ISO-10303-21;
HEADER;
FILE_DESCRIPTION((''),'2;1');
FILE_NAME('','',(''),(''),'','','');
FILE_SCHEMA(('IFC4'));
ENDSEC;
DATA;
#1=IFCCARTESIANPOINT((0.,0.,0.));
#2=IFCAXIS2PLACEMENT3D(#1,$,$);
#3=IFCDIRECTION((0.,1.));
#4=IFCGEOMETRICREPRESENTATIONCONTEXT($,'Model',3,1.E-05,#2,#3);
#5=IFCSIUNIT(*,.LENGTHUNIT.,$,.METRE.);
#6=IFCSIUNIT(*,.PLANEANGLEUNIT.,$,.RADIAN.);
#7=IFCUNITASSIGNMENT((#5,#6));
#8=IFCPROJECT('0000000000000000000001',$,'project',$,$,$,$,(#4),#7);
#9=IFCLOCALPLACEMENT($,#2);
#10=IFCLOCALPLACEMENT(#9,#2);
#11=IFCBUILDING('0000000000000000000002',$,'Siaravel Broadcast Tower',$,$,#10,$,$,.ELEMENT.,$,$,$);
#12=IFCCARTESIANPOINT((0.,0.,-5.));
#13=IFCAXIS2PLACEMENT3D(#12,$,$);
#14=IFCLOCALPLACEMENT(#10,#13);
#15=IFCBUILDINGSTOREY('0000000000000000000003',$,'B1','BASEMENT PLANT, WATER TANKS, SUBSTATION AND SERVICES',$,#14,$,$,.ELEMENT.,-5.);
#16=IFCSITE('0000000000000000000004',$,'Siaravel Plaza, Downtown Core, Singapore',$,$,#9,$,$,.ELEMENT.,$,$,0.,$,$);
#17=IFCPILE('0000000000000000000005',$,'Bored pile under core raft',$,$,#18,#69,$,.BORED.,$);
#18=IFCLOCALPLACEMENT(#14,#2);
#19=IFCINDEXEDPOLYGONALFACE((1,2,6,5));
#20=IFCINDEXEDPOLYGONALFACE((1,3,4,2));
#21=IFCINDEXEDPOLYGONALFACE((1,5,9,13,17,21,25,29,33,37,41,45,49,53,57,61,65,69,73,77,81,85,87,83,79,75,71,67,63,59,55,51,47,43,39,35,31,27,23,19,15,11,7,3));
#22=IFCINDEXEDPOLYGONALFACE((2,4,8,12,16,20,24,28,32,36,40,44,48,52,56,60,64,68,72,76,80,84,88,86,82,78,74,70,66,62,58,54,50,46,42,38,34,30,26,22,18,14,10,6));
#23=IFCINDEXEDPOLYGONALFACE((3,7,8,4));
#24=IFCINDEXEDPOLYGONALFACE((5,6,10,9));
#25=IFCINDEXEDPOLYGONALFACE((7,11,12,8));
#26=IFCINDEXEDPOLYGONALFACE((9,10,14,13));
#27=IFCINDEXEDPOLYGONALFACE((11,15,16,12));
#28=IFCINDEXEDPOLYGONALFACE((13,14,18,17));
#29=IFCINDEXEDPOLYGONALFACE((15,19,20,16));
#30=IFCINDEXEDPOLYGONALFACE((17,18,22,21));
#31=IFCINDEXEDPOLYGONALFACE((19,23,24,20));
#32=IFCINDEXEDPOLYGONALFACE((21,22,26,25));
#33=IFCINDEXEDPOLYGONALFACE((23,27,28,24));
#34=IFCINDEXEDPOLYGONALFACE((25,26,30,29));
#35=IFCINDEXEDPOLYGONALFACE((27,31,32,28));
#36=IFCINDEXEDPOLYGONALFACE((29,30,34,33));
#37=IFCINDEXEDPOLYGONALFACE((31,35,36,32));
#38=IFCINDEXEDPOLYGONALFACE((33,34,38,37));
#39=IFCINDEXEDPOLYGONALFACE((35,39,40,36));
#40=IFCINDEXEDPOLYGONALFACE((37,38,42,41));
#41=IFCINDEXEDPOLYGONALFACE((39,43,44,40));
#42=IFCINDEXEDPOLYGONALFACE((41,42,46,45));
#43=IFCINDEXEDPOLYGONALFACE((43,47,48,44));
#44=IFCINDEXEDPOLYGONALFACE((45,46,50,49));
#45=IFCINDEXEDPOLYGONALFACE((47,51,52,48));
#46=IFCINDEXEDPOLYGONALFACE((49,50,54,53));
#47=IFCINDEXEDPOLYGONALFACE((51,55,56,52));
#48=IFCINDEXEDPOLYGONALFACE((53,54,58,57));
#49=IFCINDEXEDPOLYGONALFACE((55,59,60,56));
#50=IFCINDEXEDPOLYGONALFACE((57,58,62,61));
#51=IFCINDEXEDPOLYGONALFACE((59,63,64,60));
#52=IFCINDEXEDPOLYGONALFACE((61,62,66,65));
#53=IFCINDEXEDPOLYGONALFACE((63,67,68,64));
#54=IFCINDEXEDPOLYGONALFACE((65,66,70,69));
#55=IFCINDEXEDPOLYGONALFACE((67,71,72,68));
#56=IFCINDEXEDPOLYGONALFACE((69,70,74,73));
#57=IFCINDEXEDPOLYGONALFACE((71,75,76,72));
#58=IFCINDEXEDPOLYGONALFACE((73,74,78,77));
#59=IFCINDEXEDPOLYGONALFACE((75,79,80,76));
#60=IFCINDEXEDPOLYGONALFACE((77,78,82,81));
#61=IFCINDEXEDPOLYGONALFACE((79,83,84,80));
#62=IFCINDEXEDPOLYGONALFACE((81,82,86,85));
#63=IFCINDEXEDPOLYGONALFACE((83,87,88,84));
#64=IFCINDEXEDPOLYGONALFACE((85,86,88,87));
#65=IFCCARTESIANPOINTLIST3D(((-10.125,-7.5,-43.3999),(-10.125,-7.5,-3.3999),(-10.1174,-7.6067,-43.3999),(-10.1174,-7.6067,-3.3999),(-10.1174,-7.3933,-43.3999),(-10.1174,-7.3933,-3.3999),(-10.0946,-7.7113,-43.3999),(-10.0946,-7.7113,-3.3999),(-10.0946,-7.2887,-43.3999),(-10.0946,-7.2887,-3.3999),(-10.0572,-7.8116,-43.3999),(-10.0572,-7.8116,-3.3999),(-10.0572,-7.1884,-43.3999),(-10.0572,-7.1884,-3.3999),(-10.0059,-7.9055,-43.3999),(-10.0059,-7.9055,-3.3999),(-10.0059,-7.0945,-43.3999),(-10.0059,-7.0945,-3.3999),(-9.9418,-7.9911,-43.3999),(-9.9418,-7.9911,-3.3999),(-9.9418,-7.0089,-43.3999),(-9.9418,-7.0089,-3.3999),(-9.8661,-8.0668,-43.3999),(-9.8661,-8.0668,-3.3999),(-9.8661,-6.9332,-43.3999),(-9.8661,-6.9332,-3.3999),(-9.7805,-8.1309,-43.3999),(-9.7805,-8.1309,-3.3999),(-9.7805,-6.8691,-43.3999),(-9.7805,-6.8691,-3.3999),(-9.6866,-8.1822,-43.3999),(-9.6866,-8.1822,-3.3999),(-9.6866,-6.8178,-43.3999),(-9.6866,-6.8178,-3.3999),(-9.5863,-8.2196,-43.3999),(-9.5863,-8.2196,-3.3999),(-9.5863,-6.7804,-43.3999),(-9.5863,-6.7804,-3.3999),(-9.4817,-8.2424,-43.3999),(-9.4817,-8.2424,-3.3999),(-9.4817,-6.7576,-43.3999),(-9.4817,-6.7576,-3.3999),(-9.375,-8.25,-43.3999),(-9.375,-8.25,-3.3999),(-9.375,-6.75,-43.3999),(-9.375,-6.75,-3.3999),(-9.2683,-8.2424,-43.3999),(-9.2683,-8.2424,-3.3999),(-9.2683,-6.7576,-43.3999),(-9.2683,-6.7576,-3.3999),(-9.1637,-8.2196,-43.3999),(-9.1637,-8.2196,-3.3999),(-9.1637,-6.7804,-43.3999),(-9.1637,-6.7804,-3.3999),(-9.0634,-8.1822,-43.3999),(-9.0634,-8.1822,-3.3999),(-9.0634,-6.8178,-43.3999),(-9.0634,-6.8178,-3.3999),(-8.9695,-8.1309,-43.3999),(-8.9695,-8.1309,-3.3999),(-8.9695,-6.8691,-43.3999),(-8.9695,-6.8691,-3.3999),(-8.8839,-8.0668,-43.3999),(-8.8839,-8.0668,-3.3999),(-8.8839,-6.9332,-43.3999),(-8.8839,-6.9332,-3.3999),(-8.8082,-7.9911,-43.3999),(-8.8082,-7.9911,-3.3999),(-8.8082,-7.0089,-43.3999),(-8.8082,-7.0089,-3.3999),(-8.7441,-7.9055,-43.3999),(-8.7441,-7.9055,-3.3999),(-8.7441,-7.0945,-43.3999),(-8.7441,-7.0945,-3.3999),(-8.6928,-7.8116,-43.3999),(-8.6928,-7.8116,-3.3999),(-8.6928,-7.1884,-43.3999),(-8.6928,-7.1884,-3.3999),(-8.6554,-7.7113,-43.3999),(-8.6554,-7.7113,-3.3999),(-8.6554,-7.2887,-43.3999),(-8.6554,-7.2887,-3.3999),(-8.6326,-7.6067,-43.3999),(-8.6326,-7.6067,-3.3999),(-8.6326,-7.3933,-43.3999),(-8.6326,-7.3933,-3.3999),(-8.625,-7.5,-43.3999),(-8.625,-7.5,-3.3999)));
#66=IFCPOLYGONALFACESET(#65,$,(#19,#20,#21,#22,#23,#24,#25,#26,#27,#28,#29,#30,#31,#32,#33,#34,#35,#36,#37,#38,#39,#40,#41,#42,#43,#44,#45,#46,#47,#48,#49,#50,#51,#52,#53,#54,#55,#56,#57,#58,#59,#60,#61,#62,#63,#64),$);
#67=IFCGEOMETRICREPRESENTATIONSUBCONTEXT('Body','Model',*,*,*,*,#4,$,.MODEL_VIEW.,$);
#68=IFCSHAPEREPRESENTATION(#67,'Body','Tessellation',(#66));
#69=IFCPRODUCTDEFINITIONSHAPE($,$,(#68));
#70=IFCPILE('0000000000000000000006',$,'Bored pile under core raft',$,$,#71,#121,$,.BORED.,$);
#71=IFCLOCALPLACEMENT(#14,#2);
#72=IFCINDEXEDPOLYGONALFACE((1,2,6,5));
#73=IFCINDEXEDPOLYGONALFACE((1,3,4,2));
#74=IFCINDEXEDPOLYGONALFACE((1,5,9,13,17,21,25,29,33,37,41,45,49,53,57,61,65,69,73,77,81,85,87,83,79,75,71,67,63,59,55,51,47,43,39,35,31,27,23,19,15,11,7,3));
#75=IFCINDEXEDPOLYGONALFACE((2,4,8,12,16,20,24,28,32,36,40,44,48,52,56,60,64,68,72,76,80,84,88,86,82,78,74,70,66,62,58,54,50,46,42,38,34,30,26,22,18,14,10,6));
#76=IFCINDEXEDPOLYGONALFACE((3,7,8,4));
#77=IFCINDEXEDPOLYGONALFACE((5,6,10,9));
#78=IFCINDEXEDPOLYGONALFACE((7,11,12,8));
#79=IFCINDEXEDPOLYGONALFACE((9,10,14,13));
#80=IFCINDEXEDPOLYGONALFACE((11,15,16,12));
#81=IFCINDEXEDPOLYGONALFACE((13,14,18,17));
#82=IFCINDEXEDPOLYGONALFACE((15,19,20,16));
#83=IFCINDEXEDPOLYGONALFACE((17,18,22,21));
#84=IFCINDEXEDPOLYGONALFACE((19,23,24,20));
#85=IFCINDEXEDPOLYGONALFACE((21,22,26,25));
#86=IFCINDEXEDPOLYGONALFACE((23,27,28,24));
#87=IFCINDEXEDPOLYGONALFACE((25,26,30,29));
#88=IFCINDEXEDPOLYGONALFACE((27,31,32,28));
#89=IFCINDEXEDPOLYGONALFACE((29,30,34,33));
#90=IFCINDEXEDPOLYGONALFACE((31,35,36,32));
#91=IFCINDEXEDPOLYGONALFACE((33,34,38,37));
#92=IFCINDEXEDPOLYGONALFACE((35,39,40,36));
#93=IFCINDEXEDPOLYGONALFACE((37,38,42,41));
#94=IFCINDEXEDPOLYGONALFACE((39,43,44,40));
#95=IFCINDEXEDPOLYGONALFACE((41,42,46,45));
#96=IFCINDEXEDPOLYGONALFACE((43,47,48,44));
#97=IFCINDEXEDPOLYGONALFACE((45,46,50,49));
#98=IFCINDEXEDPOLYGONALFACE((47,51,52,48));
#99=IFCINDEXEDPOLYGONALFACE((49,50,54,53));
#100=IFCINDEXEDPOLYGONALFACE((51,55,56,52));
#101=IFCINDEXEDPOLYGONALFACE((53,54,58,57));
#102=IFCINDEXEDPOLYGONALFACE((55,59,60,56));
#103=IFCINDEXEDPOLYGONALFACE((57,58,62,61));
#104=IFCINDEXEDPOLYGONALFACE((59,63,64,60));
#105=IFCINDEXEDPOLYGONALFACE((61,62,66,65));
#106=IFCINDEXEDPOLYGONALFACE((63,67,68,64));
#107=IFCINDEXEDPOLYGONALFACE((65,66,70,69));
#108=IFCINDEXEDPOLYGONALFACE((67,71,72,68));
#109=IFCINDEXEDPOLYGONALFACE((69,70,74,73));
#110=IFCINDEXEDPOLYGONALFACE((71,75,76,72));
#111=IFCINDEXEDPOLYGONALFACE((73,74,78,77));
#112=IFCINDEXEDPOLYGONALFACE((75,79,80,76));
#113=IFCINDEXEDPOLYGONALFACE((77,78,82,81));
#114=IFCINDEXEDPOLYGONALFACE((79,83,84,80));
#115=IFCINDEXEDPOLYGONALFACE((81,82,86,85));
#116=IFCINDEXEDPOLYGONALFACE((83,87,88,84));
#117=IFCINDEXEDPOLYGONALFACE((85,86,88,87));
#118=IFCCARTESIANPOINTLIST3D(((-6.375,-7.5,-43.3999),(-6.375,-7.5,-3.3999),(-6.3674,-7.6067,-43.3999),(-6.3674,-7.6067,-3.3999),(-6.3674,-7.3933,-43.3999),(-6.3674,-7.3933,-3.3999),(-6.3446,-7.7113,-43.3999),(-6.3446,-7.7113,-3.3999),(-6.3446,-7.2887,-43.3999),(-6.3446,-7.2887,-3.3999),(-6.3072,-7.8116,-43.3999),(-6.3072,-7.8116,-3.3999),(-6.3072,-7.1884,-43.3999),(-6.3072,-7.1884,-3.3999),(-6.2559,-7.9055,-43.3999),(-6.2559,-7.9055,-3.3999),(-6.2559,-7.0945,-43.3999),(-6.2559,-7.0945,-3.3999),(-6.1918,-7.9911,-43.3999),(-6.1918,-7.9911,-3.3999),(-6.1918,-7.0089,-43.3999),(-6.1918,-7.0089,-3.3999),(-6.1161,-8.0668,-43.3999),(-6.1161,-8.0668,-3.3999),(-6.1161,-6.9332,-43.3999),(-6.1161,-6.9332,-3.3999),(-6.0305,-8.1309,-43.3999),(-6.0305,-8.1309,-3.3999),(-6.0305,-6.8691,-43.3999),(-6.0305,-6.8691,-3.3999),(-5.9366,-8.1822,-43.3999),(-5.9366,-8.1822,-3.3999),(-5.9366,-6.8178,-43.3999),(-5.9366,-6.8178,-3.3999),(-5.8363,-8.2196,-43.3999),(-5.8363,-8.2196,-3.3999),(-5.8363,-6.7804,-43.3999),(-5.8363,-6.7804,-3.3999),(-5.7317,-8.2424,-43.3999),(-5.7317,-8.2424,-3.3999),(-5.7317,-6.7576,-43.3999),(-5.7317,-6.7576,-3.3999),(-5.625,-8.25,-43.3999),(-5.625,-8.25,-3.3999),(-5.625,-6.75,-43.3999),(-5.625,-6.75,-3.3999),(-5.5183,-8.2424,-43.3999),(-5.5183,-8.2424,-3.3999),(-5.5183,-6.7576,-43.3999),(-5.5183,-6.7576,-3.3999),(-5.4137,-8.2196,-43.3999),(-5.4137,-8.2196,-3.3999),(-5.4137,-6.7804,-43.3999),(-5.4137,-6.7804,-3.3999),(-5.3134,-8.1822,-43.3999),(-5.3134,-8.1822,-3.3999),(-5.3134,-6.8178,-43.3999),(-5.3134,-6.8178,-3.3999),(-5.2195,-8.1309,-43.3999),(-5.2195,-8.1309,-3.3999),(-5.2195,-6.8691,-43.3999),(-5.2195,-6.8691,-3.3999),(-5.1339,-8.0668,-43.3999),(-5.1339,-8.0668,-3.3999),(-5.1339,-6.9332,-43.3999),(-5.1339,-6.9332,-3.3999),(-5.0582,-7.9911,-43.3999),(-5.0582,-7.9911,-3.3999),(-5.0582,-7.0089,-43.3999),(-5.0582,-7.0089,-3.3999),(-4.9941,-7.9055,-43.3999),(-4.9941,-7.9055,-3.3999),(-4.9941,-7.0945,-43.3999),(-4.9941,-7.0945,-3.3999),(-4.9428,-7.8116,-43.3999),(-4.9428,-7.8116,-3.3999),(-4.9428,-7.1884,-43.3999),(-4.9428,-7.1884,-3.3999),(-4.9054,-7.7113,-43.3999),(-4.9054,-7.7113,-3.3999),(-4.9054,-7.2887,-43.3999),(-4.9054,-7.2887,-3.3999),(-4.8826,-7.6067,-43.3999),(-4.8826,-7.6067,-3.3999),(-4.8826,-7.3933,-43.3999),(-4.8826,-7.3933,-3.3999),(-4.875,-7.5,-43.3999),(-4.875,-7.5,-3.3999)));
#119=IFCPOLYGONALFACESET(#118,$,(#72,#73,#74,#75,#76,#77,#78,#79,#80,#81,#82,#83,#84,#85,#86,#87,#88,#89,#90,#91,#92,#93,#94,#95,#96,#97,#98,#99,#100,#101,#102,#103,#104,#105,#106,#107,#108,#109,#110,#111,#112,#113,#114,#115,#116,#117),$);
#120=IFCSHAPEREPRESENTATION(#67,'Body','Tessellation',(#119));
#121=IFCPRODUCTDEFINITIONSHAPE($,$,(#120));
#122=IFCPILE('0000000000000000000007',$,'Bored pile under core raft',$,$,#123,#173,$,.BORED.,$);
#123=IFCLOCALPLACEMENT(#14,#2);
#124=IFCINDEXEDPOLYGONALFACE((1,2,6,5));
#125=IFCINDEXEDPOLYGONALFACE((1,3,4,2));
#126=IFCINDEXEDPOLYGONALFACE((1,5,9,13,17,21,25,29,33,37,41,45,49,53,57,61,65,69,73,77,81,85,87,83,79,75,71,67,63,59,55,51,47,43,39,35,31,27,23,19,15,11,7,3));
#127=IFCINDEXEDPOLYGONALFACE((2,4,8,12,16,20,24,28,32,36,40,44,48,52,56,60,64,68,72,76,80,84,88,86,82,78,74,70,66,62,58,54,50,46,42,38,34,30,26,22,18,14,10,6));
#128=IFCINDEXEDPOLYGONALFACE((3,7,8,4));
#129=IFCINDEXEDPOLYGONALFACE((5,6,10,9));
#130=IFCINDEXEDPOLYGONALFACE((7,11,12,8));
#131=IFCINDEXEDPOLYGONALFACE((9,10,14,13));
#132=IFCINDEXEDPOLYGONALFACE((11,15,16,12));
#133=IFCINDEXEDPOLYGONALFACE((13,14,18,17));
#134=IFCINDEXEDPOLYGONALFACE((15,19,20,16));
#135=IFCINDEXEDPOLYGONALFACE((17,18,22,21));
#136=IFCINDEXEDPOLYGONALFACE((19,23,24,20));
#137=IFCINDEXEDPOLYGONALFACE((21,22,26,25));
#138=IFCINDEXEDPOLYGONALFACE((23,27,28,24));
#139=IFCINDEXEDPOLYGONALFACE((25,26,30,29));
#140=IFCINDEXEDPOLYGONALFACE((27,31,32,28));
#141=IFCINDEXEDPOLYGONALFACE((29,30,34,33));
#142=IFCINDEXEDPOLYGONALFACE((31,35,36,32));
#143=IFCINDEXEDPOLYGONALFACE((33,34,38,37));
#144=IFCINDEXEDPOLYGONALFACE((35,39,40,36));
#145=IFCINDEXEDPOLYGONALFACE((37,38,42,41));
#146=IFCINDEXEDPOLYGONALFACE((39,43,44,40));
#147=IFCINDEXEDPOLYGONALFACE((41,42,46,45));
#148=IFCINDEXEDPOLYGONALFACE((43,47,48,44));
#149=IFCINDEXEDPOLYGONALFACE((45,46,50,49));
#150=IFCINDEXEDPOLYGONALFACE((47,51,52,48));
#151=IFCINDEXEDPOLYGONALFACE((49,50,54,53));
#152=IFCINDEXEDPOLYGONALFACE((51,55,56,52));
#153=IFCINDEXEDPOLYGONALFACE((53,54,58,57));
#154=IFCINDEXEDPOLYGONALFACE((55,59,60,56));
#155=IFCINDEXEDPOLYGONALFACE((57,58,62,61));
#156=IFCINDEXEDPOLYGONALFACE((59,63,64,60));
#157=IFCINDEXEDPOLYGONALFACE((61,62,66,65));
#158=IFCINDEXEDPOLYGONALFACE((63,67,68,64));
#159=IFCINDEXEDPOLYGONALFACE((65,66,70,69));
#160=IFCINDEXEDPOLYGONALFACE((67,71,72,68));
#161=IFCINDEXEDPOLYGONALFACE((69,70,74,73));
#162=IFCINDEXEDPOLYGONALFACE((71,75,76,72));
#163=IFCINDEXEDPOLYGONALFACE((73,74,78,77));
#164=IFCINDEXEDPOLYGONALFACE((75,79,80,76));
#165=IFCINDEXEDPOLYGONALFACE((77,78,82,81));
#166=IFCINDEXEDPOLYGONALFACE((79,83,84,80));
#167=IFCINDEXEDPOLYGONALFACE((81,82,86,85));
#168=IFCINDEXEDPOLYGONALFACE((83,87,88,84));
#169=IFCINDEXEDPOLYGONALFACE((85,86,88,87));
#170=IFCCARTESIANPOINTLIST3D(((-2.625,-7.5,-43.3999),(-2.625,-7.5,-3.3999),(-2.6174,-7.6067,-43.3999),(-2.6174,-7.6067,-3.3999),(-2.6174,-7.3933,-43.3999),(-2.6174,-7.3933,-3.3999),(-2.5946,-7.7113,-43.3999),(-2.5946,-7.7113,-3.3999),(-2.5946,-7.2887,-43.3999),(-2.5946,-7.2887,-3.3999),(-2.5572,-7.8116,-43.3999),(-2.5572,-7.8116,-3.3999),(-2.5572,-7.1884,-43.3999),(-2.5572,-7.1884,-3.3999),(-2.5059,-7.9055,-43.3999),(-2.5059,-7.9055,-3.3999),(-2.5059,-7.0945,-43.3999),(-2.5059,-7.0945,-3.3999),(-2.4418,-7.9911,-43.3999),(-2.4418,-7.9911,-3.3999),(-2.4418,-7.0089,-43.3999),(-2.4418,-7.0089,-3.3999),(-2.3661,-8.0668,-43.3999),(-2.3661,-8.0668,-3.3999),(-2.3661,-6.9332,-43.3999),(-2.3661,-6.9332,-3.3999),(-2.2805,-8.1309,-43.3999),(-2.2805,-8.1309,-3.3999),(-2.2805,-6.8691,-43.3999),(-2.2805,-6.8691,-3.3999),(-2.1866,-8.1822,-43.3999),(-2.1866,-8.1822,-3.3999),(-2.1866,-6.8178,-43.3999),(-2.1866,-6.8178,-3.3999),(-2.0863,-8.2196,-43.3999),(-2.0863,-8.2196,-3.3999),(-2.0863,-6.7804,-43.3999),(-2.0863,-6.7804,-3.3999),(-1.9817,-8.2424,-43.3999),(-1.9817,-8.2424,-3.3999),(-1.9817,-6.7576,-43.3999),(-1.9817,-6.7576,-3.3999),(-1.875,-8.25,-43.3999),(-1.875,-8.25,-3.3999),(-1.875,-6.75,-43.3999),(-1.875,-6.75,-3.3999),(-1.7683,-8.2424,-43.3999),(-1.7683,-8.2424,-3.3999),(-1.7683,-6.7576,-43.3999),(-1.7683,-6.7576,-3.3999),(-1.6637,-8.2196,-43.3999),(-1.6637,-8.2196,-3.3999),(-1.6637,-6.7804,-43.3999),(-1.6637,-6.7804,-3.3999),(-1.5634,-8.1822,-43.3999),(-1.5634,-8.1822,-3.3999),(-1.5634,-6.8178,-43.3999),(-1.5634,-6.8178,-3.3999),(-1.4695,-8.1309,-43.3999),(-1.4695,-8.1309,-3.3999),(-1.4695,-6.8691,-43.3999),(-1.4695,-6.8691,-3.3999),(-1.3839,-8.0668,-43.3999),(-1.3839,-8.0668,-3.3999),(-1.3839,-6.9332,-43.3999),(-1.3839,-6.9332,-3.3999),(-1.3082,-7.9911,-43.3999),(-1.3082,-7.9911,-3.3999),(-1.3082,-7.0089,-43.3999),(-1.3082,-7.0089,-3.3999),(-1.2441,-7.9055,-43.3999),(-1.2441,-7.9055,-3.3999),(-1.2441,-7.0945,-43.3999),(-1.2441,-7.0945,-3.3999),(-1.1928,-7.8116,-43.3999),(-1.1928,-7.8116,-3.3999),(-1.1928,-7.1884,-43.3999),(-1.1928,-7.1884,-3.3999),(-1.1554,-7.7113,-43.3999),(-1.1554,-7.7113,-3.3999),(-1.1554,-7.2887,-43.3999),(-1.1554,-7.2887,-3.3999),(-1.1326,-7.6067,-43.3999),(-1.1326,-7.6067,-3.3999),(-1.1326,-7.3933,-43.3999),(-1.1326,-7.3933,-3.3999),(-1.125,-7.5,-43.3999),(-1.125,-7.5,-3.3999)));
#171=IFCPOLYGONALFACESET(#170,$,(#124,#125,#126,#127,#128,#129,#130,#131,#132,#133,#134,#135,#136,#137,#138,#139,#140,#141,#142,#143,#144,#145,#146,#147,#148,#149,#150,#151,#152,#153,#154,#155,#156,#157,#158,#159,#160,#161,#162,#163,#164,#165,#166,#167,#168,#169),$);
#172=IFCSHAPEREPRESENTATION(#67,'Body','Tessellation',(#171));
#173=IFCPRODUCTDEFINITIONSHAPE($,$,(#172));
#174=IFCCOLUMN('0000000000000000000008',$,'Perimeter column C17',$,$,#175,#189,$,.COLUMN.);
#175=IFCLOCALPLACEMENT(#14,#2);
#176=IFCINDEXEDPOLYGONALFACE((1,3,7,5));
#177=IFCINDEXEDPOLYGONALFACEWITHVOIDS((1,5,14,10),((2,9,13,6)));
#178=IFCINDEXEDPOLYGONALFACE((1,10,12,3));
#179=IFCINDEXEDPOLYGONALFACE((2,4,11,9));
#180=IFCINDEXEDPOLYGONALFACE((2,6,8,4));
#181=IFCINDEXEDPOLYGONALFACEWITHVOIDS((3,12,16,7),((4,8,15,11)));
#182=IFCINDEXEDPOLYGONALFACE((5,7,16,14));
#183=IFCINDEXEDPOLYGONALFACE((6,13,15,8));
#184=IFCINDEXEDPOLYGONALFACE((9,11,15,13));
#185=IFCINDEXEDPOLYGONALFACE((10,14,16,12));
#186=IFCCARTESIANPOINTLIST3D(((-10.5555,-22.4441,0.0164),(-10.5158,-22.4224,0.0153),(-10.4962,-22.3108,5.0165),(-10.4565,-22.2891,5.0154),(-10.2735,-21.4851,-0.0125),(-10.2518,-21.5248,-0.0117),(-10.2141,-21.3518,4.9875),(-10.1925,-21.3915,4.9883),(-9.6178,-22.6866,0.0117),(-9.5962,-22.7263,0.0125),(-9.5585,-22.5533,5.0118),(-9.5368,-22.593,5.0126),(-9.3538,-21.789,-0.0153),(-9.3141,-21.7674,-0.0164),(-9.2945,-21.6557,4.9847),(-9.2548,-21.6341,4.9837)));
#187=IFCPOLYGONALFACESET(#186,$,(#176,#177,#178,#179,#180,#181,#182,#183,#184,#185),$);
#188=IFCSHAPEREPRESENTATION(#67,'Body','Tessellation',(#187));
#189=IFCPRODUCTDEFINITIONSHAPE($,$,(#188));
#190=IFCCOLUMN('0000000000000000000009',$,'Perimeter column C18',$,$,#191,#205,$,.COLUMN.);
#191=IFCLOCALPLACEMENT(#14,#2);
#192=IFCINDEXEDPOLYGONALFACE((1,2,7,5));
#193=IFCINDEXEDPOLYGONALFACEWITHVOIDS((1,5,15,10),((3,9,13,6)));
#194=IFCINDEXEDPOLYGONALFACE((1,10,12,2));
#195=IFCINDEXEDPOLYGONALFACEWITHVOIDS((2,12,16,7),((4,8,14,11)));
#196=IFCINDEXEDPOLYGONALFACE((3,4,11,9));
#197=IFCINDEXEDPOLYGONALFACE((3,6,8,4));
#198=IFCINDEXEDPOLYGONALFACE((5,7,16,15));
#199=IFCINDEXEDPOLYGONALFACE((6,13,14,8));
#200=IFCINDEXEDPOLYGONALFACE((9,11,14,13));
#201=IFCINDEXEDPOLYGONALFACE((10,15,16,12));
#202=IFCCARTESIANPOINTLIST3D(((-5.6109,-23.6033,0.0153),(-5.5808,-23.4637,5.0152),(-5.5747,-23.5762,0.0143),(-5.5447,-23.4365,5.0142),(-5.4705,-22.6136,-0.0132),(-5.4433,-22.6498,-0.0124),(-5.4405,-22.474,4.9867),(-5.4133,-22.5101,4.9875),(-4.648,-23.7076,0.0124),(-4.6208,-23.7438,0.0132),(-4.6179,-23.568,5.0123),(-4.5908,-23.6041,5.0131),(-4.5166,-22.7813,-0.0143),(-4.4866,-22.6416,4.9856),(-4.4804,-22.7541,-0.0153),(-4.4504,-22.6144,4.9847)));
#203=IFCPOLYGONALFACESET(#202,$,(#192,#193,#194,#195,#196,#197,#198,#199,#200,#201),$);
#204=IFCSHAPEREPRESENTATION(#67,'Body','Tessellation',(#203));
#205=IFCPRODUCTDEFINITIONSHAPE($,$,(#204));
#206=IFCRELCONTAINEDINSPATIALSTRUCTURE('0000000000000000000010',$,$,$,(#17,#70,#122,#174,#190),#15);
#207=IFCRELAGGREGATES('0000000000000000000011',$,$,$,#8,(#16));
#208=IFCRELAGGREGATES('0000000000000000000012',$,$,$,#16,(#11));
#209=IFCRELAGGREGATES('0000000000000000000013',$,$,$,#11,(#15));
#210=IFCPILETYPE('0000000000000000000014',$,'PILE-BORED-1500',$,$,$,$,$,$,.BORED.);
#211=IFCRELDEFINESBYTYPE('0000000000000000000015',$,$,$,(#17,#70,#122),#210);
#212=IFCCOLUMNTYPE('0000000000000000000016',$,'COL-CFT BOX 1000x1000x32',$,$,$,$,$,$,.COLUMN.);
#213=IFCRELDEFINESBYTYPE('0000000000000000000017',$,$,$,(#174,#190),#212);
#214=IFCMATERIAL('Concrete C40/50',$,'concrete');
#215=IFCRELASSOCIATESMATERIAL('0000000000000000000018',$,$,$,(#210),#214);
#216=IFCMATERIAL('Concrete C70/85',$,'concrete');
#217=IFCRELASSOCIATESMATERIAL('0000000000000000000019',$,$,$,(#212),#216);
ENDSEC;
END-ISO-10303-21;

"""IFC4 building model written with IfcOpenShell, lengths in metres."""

from ifc_helpers import new_model, si_unit, direction, frame, origin, origin_2d, place, context, subcontext, project, spatial, hollow_rectangle, circle, extrude, material, material_profile, profile_set, type_object, element, save


model = new_model("IFC4")

# Units and contexts
model_context = context("Model", 3, precision=1e-05, world=origin(), true_north=direction((0.0, 1.0)))
body_context = subcontext(model_context, "Body", "Model", "MODEL_VIEW")
ifc_project = project(units=[si_unit("LENGTHUNIT", "METRE"), si_unit("PLANEANGLEUNIT", "RADIAN")], contexts=[model_context])

# Site, building, storey
site_placement = place(None, origin())
site = spatial("IfcSite", under=ifc_project, at=site_placement, Name="Siaravel Plaza, Downtown Core, Singapore", CompositionType="ELEMENT", RefElevation=0.0)
building_placement = place(site_placement, origin())
building = spatial("IfcBuilding", under=site, at=building_placement, Name="Siaravel Broadcast Tower", CompositionType="ELEMENT")
storey_placement = place(building_placement, frame((0.0, 0.0, -5.0)))
storey = spatial("IfcBuildingStorey", under=building, at=storey_placement, Name="B1", Description="BASEMENT PLANT, WATER TANKS, SUBSTATION AND SERVICES", CompositionType="ELEMENT", Elevation=-5.0)

# Shared definitions
ifc_material_1 = material(Name="Concrete C40/50", Category="concrete")

# Piles
ifc_material_profile_1 = material_profile(ifc_material_1, circle(Radius=0.75, at=origin_2d()))
ifc_profile_set_1 = profile_set([ifc_material_profile_1], Name="Concrete C40/50")
pile_type_1 = type_object("IfcPileType", Name="PILE-BORED-1500", PredefinedType="BORED", material=ifc_profile_set_1)
for number, where, z_axis, x_axis, name in (
    (1, (-9.375, -7.5, -3.3999), (0.0, 0.0, -1.0), (1.0, 0.0, 0.0), "Bored pile under core raft"),
    (2, (-5.625, -7.5, -3.3999), (0.0, 0.0, -1.0), (1.0, 0.0, 0.0), "Bored pile under core raft"),
    (3, (-1.875, -7.5, -3.3999), (0.0, 0.0, -1.0), (1.0, 0.0, 0.0), "Bored pile under core raft"),
):
    element("IfcPile", number, at=place(storey_placement, frame(where, z_axis=z_axis, x_axis=x_axis)), inside=storey, type_object=pile_type_1, Name=name, PredefinedType="BORED", context=body_context, shape_type="SweptSolid", body=[
        extrude(circle(Radius=0.75, at=origin_2d()), origin(), (0.0, 0.0, 1.0), 40.0),
    ])

# Columns
ifc_material_2 = material(Name="Concrete C70/85", Category="concrete")
ifc_material_profile_2 = material_profile(ifc_material_2, hollow_rectangle(XDim=1.0, YDim=1.0, WallThickness=0.032, at=origin_2d()))
ifc_profile_set_2 = profile_set([ifc_material_profile_2], Name="Concrete C70/85")
column_type = type_object("IfcColumnType", Name="COL-CFT BOX 1000x1000x32", PredefinedType="COLUMN", material=ifc_profile_set_2)
column_1_placement = place(storey_placement, frame((-9.9348, -22.1057, 0.0), z_axis=(0.01186, 0.026649, 0.999574), x_axis=(-0.959327, 0.28227, 0.003857)))
element("IfcColumn", 4, at=column_1_placement, inside=storey, type_object=column_type, Name="Perimeter column C17", PredefinedType="COLUMN", context=body_context, shape_type="SweptSolid", body=[
    extrude(hollow_rectangle(XDim=1.0, YDim=1.0, WallThickness=0.032, at=origin_2d()), origin(), (0.0, 0.0, 1.0), 5.0022),
])
column_2_placement = place(storey_placement, frame((-5.0457, -23.1787, 0.0), z_axis=(0.006003, 0.027918, 0.999592), x_axis=(-0.990084, 0.140459, 0.002023)))
element("IfcColumn", 5, at=column_2_placement, inside=storey, type_object=column_type, Name="Perimeter column C18", PredefinedType="COLUMN", context=body_context, shape_type="SweptSolid", body=[
    extrude(hollow_rectangle(XDim=1.0, YDim=1.0, WallThickness=0.032, at=origin_2d()), origin(), (0.0, 0.0, 1.0), 5.002),
])

save(model, "model.ifc")
